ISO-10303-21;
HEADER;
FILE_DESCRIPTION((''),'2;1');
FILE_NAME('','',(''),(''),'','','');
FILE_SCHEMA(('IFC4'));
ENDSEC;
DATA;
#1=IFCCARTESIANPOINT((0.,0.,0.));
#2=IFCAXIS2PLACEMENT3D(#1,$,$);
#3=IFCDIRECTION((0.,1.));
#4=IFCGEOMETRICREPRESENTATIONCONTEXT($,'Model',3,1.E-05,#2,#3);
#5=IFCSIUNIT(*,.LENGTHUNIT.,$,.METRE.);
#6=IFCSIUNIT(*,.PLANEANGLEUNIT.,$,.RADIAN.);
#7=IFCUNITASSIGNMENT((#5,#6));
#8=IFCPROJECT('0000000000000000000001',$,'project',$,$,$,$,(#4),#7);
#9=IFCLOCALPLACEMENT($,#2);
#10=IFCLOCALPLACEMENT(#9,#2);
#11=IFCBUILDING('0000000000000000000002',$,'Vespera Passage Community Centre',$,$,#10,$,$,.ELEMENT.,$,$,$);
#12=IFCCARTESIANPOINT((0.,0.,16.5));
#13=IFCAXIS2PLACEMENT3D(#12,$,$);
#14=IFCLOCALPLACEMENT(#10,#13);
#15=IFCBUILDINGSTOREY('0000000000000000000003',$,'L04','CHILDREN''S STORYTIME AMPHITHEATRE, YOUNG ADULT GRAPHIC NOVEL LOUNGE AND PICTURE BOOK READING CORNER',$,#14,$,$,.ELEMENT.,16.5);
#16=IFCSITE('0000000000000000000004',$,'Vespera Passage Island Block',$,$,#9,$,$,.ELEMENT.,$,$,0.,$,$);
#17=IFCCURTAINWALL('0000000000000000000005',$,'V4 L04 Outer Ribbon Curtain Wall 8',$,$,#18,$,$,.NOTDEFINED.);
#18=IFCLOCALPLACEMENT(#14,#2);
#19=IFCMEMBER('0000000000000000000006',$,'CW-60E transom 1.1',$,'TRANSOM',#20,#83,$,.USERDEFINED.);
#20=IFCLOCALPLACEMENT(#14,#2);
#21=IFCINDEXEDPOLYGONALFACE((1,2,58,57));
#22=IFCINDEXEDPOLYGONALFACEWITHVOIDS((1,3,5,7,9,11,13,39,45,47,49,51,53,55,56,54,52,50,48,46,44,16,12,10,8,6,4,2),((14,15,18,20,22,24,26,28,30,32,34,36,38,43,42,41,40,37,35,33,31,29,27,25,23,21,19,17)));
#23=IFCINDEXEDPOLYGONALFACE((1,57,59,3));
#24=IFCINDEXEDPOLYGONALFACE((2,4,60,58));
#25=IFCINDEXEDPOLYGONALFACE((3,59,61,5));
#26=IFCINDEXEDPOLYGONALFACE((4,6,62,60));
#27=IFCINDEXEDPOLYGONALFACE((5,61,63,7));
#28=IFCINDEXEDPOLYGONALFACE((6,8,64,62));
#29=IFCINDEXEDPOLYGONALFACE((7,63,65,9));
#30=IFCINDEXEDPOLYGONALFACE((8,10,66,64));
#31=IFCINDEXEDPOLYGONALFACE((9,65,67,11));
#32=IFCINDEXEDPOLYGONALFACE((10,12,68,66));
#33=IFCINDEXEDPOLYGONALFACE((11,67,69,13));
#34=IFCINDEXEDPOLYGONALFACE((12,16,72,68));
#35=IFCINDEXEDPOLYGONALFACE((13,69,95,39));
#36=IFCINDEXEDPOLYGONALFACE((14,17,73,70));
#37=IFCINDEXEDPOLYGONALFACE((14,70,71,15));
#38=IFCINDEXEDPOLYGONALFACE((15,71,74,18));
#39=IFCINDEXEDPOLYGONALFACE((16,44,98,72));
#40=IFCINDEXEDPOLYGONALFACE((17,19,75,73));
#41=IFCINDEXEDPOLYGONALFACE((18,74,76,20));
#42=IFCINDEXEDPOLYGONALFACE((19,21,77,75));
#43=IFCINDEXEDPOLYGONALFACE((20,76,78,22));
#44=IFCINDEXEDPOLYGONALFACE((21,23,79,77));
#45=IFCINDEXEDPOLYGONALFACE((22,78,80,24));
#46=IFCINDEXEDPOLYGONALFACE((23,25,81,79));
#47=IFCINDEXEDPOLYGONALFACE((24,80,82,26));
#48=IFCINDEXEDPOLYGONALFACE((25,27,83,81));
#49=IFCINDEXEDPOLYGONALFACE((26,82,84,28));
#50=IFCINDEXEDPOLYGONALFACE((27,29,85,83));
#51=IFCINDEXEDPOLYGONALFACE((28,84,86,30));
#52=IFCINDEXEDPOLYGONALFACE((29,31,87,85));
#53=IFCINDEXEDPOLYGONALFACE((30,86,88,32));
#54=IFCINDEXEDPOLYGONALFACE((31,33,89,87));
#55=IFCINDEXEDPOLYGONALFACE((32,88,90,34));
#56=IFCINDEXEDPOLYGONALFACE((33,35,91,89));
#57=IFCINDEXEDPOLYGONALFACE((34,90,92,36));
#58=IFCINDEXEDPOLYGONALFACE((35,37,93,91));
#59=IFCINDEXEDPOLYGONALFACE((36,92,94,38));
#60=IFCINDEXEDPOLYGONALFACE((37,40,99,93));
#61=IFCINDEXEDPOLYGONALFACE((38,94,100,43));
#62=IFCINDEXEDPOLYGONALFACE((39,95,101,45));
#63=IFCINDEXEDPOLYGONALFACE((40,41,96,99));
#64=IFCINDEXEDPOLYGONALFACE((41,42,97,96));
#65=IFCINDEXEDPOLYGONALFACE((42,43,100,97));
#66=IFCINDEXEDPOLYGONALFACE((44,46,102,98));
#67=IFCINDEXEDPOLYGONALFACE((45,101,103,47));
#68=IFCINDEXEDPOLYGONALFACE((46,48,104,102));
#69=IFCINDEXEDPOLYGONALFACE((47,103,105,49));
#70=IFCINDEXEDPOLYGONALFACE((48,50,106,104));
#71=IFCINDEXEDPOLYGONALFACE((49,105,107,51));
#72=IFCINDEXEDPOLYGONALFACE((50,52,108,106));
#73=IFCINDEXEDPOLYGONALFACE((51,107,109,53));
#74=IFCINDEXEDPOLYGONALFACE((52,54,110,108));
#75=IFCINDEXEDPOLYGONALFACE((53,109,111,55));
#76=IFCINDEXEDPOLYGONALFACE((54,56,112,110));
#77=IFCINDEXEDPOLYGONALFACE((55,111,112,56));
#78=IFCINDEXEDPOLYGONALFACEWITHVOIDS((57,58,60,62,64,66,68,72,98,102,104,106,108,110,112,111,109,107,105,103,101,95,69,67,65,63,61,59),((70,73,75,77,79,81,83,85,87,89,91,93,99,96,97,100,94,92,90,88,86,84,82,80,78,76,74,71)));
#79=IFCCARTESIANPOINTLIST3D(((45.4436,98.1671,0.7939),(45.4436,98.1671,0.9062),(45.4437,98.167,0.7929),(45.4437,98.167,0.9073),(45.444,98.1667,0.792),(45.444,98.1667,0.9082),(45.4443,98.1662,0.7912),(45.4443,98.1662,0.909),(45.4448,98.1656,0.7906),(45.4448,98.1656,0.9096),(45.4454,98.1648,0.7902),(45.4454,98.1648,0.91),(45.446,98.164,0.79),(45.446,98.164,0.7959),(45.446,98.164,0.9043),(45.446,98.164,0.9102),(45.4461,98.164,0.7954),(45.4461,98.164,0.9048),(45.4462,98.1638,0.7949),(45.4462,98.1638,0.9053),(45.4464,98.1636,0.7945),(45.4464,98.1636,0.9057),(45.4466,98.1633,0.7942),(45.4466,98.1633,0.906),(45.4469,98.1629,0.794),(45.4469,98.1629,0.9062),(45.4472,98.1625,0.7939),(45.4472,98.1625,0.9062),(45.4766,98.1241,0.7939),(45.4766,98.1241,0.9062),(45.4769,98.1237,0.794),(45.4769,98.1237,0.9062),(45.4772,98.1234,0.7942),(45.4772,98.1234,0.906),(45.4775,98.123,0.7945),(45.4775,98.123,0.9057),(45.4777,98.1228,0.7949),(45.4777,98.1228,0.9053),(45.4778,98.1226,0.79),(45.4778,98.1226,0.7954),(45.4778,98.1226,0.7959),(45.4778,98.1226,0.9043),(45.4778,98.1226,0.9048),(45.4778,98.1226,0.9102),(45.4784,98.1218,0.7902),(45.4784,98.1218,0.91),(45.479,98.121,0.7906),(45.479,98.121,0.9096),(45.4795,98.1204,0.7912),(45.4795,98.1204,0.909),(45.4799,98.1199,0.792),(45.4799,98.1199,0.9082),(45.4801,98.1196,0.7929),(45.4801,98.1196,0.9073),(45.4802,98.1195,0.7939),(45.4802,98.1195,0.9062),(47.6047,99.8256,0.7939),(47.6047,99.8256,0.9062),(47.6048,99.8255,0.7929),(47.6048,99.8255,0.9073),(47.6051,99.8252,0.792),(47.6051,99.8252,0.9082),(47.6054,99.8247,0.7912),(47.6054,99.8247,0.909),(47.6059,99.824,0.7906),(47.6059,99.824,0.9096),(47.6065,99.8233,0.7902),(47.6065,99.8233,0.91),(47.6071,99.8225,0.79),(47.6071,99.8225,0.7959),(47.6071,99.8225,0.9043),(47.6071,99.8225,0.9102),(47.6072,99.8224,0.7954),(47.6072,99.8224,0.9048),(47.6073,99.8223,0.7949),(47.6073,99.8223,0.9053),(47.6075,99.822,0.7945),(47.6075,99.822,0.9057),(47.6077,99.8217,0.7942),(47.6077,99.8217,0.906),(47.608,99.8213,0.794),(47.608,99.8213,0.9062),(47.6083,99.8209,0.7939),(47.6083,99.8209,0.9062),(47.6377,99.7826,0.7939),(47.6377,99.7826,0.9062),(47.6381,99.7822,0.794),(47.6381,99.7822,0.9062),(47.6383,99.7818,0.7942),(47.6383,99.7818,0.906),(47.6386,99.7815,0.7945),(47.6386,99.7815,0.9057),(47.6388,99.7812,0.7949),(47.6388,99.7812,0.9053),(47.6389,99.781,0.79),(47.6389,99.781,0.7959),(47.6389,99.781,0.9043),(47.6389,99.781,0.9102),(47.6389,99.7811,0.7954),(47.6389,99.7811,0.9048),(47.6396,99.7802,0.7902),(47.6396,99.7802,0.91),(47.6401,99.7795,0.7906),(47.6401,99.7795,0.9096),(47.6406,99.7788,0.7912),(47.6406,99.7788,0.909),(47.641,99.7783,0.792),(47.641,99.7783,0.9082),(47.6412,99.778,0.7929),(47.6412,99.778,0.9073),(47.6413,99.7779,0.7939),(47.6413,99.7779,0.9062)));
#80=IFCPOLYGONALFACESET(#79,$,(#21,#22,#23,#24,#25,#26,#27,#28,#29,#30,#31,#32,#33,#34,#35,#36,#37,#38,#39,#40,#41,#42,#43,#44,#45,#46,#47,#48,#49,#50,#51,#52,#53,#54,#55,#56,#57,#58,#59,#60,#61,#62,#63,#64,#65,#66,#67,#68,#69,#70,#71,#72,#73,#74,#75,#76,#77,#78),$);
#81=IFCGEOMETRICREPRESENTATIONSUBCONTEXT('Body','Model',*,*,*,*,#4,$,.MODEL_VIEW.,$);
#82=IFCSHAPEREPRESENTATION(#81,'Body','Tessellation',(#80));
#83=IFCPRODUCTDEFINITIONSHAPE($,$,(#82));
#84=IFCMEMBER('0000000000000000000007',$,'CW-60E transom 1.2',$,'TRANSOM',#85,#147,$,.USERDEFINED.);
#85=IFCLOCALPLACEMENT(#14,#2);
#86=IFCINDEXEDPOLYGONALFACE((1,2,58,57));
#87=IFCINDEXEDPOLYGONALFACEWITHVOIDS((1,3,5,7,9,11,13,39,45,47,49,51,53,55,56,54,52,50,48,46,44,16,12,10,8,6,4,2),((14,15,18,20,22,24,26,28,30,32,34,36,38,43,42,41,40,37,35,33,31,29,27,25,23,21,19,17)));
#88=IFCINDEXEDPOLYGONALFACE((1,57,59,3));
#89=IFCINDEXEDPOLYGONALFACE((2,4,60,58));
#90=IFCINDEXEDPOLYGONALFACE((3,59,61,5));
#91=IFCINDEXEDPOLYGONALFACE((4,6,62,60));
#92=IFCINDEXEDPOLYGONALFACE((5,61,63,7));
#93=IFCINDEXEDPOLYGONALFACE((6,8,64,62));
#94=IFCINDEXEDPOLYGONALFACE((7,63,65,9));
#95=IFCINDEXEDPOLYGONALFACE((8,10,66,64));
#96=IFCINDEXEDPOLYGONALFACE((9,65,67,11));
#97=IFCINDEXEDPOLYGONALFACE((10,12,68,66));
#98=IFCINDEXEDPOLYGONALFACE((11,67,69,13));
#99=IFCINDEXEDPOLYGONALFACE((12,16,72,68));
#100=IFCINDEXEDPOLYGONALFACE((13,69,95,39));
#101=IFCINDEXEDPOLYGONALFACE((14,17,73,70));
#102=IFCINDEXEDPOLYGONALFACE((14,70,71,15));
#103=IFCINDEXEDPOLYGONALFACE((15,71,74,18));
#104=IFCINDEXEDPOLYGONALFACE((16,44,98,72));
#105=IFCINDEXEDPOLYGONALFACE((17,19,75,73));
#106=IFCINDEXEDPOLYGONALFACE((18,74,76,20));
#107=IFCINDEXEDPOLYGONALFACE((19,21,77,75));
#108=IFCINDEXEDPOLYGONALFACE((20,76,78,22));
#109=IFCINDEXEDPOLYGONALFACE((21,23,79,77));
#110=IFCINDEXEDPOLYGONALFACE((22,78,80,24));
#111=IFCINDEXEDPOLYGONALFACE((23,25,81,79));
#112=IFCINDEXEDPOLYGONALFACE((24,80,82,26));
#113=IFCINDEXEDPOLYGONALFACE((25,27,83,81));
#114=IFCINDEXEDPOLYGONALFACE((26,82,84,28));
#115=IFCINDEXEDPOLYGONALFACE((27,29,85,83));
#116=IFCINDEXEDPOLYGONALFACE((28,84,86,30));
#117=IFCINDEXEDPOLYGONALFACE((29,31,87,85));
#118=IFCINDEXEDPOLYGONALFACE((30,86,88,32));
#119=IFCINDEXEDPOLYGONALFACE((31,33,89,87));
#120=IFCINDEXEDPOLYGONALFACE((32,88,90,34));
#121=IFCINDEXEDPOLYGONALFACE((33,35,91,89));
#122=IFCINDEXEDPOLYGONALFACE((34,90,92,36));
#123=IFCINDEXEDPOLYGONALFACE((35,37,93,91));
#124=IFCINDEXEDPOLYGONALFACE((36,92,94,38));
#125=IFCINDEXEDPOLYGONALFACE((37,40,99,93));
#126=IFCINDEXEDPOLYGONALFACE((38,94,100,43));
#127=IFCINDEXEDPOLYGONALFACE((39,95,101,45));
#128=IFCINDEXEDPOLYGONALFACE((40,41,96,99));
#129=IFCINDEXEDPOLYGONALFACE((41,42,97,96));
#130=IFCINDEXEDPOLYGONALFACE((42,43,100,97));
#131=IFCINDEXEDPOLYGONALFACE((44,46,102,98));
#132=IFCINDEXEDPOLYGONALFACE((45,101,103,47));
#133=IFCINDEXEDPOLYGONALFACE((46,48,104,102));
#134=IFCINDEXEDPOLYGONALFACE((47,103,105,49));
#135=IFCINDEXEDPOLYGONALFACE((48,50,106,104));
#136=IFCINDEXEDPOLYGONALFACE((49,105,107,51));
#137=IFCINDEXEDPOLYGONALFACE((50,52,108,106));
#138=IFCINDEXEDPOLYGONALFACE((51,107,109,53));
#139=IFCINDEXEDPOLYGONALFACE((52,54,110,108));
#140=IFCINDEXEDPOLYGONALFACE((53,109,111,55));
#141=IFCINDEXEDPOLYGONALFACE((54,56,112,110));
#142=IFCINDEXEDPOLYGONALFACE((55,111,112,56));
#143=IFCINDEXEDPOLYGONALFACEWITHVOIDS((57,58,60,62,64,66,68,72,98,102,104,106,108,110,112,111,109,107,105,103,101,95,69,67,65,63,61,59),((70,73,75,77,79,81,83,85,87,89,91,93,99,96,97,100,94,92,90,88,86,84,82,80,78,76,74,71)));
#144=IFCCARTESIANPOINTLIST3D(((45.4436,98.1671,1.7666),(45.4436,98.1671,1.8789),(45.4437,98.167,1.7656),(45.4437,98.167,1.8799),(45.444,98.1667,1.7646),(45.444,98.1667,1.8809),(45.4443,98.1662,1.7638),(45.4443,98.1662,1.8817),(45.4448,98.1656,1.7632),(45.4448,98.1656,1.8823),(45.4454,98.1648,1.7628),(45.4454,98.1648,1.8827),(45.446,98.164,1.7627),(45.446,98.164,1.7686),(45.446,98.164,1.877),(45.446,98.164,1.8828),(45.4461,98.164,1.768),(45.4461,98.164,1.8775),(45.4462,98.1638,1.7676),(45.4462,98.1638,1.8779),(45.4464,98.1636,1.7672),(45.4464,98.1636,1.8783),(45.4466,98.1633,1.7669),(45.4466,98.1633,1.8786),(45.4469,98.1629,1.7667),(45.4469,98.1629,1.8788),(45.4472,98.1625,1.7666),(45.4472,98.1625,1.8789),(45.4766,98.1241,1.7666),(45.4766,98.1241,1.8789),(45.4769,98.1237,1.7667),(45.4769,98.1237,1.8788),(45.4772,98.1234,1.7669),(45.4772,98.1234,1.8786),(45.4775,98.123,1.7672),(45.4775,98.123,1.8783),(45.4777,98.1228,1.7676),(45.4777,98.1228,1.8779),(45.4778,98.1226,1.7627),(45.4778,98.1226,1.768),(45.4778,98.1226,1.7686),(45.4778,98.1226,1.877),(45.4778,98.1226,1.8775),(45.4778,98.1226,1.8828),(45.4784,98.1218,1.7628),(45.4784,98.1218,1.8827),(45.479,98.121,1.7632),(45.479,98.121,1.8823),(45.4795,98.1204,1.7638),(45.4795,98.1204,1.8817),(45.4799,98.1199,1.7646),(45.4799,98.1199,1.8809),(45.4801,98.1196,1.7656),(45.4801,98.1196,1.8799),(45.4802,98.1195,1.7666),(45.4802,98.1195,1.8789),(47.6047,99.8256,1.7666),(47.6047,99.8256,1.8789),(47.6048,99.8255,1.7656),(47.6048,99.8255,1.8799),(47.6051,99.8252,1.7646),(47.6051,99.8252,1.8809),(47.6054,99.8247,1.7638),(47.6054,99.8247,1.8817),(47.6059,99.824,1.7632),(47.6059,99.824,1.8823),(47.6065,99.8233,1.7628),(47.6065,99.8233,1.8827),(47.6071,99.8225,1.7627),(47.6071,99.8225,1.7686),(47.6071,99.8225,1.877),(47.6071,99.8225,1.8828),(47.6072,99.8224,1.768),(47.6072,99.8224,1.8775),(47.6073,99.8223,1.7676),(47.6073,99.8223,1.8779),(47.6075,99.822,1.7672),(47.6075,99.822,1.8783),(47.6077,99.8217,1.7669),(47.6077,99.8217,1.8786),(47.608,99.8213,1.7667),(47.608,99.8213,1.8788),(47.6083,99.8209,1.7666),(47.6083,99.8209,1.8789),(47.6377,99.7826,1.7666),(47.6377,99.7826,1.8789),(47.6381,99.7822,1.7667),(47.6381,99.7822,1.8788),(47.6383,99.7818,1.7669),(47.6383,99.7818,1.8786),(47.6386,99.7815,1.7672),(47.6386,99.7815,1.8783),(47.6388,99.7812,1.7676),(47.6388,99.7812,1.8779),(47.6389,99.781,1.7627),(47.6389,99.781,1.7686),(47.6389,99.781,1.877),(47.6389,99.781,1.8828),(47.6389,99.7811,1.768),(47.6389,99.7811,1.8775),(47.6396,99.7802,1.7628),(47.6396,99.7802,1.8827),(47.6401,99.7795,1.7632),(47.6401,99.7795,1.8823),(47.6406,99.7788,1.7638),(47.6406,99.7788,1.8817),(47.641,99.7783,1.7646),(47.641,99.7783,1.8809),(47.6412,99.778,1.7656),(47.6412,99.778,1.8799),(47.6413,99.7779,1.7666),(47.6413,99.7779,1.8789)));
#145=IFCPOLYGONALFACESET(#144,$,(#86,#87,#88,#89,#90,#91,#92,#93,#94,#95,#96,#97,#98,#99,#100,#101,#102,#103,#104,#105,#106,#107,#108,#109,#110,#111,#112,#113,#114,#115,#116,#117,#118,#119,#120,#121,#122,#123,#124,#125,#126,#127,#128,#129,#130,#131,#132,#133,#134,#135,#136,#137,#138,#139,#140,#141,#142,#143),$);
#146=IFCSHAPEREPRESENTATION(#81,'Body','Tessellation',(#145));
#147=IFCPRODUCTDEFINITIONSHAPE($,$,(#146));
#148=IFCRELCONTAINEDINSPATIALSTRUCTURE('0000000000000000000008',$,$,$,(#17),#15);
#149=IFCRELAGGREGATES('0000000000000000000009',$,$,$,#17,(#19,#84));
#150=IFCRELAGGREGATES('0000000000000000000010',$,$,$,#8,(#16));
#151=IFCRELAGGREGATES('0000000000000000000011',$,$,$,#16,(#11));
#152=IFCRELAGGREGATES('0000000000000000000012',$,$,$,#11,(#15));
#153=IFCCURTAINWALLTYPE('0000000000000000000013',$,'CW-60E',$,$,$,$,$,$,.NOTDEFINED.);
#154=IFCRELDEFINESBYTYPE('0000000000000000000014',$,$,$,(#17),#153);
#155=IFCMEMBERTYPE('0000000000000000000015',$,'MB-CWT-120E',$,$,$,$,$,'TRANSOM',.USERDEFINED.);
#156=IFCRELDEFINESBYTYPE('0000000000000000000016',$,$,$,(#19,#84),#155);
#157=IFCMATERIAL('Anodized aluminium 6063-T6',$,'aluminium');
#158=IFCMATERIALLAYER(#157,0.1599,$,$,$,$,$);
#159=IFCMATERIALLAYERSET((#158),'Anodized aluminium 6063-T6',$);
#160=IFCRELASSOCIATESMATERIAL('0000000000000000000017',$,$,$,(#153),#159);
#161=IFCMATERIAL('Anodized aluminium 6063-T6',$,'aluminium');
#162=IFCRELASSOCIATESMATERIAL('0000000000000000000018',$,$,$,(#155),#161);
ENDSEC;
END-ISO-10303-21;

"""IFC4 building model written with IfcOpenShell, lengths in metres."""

from ifc_helpers import new_model, si_unit, direction, frame, origin, origin_2d, place, context, subcontext, project, spatial, hollow_rectangle, extrude, material, layer, layer_set, material_profile, profile_set, type_object, element, aggregate, save


model = new_model("IFC4")

# Units and contexts
model_context = context("Model", 3, precision=1e-05, world=origin(), true_north=direction((0.0, 1.0)))
body_context = subcontext(model_context, "Body", "Model", "MODEL_VIEW")
ifc_project = project(units=[si_unit("LENGTHUNIT", "METRE"), si_unit("PLANEANGLEUNIT", "RADIAN")], contexts=[model_context])

# Site, building, storey
site_placement = place(None, origin())
site = spatial("IfcSite", under=ifc_project, at=site_placement, Name="Vespera Passage Island Block", CompositionType="ELEMENT", RefElevation=0.0)
building_placement = place(site_placement, origin())
building = spatial("IfcBuilding", under=site, at=building_placement, Name="Vespera Passage Community Centre", CompositionType="ELEMENT")
storey_placement = place(building_placement, frame((0.0, 0.0, 16.5)))
storey = spatial("IfcBuildingStorey", under=building, at=storey_placement, Name="L04", Description="CHILDREN'S STORYTIME AMPHITHEATRE, YOUNG ADULT GRAPHIC NOVEL LOUNGE AND PICTURE BOOK READING CORNER", CompositionType="ELEMENT", Elevation=16.5)

# Curtain wall
ifc_material_1 = material(Name="Anodized aluminium 6063-T6", Category="aluminium")
ifc_layer_1 = layer(ifc_material_1, 0.1599)
ifc_layer_set_1 = layer_set([ifc_layer_1], Name="Anodized aluminium 6063-T6")
curtain_wall_type_1 = type_object("IfcCurtainWallType", Name="CW-60E", PredefinedType="NOTDEFINED", material=ifc_layer_set_1)
curtain_wall_1_placement = place(storey_placement, origin())
curtain_wall_1 = element("IfcCurtainWall", 1, at=curtain_wall_1_placement, inside=storey, type_object=curtain_wall_type_1, Name="V4 L04 Outer Ribbon Curtain Wall 8", PredefinedType="NOTDEFINED")

# Members
ifc_material_2 = material(Name="Anodized aluminium 6063-T6", Category="aluminium")
ifc_material_profile_1 = material_profile(ifc_material_2, hollow_rectangle(XDim=0.0601, YDim=0.1201, WallThickness=0.0039, InnerFilletRadius=0.002, OuterFilletRadius=0.0039, at=origin_2d()), Name="ALU120X60X4")
ifc_profile_set_1 = profile_set([ifc_material_profile_1], Name="Anodized aluminium 6063-T6")
member_type_1 = type_object("IfcMemberType", Name="MB-CWT-120E", ElementType="TRANSOM", PredefinedType="USERDEFINED", material=ifc_profile_set_1)
member_1_placement = place(storey_placement, frame((45.4619, 98.1433, 0.8501), z_axis=(0.793326, 0.608796, 0.0), x_axis=(-0.608796, 0.793326, 0.0)))
member_1 = element("IfcMember", 2, at=member_1_placement, type_object=member_type_1, Name="CW-60E transom 1.1", ObjectType="TRANSOM", PredefinedType="USERDEFINED", context=body_context, shape_type="SweptSolid", body=[
    extrude(hollow_rectangle(XDim=0.0601, YDim=0.1201, WallThickness=0.0039, InnerFilletRadius=0.002, OuterFilletRadius=0.0039, at=origin_2d()), origin(), (0.0, 0.0, 1.0), 2.7241),
])
member_2_placement = place(storey_placement, frame((45.4619, 98.1433, 1.8228), z_axis=(0.793326, 0.608796, 0.0), x_axis=(-0.608796, 0.793326, 0.0)))
member_2 = element("IfcMember", 3, at=member_2_placement, type_object=member_type_1, Name="CW-60E transom 1.2", ObjectType="TRANSOM", PredefinedType="USERDEFINED", context=body_context, shape_type="SweptSolid", body=[
    extrude(hollow_rectangle(XDim=0.0601, YDim=0.1201, WallThickness=0.0039, InnerFilletRadius=0.002, OuterFilletRadius=0.0039, at=origin_2d()), origin(), (0.0, 0.0, 1.0), 2.7241),
])

aggregate(curtain_wall_1, [member_1, member_2])

save(model, "model.ifc")
